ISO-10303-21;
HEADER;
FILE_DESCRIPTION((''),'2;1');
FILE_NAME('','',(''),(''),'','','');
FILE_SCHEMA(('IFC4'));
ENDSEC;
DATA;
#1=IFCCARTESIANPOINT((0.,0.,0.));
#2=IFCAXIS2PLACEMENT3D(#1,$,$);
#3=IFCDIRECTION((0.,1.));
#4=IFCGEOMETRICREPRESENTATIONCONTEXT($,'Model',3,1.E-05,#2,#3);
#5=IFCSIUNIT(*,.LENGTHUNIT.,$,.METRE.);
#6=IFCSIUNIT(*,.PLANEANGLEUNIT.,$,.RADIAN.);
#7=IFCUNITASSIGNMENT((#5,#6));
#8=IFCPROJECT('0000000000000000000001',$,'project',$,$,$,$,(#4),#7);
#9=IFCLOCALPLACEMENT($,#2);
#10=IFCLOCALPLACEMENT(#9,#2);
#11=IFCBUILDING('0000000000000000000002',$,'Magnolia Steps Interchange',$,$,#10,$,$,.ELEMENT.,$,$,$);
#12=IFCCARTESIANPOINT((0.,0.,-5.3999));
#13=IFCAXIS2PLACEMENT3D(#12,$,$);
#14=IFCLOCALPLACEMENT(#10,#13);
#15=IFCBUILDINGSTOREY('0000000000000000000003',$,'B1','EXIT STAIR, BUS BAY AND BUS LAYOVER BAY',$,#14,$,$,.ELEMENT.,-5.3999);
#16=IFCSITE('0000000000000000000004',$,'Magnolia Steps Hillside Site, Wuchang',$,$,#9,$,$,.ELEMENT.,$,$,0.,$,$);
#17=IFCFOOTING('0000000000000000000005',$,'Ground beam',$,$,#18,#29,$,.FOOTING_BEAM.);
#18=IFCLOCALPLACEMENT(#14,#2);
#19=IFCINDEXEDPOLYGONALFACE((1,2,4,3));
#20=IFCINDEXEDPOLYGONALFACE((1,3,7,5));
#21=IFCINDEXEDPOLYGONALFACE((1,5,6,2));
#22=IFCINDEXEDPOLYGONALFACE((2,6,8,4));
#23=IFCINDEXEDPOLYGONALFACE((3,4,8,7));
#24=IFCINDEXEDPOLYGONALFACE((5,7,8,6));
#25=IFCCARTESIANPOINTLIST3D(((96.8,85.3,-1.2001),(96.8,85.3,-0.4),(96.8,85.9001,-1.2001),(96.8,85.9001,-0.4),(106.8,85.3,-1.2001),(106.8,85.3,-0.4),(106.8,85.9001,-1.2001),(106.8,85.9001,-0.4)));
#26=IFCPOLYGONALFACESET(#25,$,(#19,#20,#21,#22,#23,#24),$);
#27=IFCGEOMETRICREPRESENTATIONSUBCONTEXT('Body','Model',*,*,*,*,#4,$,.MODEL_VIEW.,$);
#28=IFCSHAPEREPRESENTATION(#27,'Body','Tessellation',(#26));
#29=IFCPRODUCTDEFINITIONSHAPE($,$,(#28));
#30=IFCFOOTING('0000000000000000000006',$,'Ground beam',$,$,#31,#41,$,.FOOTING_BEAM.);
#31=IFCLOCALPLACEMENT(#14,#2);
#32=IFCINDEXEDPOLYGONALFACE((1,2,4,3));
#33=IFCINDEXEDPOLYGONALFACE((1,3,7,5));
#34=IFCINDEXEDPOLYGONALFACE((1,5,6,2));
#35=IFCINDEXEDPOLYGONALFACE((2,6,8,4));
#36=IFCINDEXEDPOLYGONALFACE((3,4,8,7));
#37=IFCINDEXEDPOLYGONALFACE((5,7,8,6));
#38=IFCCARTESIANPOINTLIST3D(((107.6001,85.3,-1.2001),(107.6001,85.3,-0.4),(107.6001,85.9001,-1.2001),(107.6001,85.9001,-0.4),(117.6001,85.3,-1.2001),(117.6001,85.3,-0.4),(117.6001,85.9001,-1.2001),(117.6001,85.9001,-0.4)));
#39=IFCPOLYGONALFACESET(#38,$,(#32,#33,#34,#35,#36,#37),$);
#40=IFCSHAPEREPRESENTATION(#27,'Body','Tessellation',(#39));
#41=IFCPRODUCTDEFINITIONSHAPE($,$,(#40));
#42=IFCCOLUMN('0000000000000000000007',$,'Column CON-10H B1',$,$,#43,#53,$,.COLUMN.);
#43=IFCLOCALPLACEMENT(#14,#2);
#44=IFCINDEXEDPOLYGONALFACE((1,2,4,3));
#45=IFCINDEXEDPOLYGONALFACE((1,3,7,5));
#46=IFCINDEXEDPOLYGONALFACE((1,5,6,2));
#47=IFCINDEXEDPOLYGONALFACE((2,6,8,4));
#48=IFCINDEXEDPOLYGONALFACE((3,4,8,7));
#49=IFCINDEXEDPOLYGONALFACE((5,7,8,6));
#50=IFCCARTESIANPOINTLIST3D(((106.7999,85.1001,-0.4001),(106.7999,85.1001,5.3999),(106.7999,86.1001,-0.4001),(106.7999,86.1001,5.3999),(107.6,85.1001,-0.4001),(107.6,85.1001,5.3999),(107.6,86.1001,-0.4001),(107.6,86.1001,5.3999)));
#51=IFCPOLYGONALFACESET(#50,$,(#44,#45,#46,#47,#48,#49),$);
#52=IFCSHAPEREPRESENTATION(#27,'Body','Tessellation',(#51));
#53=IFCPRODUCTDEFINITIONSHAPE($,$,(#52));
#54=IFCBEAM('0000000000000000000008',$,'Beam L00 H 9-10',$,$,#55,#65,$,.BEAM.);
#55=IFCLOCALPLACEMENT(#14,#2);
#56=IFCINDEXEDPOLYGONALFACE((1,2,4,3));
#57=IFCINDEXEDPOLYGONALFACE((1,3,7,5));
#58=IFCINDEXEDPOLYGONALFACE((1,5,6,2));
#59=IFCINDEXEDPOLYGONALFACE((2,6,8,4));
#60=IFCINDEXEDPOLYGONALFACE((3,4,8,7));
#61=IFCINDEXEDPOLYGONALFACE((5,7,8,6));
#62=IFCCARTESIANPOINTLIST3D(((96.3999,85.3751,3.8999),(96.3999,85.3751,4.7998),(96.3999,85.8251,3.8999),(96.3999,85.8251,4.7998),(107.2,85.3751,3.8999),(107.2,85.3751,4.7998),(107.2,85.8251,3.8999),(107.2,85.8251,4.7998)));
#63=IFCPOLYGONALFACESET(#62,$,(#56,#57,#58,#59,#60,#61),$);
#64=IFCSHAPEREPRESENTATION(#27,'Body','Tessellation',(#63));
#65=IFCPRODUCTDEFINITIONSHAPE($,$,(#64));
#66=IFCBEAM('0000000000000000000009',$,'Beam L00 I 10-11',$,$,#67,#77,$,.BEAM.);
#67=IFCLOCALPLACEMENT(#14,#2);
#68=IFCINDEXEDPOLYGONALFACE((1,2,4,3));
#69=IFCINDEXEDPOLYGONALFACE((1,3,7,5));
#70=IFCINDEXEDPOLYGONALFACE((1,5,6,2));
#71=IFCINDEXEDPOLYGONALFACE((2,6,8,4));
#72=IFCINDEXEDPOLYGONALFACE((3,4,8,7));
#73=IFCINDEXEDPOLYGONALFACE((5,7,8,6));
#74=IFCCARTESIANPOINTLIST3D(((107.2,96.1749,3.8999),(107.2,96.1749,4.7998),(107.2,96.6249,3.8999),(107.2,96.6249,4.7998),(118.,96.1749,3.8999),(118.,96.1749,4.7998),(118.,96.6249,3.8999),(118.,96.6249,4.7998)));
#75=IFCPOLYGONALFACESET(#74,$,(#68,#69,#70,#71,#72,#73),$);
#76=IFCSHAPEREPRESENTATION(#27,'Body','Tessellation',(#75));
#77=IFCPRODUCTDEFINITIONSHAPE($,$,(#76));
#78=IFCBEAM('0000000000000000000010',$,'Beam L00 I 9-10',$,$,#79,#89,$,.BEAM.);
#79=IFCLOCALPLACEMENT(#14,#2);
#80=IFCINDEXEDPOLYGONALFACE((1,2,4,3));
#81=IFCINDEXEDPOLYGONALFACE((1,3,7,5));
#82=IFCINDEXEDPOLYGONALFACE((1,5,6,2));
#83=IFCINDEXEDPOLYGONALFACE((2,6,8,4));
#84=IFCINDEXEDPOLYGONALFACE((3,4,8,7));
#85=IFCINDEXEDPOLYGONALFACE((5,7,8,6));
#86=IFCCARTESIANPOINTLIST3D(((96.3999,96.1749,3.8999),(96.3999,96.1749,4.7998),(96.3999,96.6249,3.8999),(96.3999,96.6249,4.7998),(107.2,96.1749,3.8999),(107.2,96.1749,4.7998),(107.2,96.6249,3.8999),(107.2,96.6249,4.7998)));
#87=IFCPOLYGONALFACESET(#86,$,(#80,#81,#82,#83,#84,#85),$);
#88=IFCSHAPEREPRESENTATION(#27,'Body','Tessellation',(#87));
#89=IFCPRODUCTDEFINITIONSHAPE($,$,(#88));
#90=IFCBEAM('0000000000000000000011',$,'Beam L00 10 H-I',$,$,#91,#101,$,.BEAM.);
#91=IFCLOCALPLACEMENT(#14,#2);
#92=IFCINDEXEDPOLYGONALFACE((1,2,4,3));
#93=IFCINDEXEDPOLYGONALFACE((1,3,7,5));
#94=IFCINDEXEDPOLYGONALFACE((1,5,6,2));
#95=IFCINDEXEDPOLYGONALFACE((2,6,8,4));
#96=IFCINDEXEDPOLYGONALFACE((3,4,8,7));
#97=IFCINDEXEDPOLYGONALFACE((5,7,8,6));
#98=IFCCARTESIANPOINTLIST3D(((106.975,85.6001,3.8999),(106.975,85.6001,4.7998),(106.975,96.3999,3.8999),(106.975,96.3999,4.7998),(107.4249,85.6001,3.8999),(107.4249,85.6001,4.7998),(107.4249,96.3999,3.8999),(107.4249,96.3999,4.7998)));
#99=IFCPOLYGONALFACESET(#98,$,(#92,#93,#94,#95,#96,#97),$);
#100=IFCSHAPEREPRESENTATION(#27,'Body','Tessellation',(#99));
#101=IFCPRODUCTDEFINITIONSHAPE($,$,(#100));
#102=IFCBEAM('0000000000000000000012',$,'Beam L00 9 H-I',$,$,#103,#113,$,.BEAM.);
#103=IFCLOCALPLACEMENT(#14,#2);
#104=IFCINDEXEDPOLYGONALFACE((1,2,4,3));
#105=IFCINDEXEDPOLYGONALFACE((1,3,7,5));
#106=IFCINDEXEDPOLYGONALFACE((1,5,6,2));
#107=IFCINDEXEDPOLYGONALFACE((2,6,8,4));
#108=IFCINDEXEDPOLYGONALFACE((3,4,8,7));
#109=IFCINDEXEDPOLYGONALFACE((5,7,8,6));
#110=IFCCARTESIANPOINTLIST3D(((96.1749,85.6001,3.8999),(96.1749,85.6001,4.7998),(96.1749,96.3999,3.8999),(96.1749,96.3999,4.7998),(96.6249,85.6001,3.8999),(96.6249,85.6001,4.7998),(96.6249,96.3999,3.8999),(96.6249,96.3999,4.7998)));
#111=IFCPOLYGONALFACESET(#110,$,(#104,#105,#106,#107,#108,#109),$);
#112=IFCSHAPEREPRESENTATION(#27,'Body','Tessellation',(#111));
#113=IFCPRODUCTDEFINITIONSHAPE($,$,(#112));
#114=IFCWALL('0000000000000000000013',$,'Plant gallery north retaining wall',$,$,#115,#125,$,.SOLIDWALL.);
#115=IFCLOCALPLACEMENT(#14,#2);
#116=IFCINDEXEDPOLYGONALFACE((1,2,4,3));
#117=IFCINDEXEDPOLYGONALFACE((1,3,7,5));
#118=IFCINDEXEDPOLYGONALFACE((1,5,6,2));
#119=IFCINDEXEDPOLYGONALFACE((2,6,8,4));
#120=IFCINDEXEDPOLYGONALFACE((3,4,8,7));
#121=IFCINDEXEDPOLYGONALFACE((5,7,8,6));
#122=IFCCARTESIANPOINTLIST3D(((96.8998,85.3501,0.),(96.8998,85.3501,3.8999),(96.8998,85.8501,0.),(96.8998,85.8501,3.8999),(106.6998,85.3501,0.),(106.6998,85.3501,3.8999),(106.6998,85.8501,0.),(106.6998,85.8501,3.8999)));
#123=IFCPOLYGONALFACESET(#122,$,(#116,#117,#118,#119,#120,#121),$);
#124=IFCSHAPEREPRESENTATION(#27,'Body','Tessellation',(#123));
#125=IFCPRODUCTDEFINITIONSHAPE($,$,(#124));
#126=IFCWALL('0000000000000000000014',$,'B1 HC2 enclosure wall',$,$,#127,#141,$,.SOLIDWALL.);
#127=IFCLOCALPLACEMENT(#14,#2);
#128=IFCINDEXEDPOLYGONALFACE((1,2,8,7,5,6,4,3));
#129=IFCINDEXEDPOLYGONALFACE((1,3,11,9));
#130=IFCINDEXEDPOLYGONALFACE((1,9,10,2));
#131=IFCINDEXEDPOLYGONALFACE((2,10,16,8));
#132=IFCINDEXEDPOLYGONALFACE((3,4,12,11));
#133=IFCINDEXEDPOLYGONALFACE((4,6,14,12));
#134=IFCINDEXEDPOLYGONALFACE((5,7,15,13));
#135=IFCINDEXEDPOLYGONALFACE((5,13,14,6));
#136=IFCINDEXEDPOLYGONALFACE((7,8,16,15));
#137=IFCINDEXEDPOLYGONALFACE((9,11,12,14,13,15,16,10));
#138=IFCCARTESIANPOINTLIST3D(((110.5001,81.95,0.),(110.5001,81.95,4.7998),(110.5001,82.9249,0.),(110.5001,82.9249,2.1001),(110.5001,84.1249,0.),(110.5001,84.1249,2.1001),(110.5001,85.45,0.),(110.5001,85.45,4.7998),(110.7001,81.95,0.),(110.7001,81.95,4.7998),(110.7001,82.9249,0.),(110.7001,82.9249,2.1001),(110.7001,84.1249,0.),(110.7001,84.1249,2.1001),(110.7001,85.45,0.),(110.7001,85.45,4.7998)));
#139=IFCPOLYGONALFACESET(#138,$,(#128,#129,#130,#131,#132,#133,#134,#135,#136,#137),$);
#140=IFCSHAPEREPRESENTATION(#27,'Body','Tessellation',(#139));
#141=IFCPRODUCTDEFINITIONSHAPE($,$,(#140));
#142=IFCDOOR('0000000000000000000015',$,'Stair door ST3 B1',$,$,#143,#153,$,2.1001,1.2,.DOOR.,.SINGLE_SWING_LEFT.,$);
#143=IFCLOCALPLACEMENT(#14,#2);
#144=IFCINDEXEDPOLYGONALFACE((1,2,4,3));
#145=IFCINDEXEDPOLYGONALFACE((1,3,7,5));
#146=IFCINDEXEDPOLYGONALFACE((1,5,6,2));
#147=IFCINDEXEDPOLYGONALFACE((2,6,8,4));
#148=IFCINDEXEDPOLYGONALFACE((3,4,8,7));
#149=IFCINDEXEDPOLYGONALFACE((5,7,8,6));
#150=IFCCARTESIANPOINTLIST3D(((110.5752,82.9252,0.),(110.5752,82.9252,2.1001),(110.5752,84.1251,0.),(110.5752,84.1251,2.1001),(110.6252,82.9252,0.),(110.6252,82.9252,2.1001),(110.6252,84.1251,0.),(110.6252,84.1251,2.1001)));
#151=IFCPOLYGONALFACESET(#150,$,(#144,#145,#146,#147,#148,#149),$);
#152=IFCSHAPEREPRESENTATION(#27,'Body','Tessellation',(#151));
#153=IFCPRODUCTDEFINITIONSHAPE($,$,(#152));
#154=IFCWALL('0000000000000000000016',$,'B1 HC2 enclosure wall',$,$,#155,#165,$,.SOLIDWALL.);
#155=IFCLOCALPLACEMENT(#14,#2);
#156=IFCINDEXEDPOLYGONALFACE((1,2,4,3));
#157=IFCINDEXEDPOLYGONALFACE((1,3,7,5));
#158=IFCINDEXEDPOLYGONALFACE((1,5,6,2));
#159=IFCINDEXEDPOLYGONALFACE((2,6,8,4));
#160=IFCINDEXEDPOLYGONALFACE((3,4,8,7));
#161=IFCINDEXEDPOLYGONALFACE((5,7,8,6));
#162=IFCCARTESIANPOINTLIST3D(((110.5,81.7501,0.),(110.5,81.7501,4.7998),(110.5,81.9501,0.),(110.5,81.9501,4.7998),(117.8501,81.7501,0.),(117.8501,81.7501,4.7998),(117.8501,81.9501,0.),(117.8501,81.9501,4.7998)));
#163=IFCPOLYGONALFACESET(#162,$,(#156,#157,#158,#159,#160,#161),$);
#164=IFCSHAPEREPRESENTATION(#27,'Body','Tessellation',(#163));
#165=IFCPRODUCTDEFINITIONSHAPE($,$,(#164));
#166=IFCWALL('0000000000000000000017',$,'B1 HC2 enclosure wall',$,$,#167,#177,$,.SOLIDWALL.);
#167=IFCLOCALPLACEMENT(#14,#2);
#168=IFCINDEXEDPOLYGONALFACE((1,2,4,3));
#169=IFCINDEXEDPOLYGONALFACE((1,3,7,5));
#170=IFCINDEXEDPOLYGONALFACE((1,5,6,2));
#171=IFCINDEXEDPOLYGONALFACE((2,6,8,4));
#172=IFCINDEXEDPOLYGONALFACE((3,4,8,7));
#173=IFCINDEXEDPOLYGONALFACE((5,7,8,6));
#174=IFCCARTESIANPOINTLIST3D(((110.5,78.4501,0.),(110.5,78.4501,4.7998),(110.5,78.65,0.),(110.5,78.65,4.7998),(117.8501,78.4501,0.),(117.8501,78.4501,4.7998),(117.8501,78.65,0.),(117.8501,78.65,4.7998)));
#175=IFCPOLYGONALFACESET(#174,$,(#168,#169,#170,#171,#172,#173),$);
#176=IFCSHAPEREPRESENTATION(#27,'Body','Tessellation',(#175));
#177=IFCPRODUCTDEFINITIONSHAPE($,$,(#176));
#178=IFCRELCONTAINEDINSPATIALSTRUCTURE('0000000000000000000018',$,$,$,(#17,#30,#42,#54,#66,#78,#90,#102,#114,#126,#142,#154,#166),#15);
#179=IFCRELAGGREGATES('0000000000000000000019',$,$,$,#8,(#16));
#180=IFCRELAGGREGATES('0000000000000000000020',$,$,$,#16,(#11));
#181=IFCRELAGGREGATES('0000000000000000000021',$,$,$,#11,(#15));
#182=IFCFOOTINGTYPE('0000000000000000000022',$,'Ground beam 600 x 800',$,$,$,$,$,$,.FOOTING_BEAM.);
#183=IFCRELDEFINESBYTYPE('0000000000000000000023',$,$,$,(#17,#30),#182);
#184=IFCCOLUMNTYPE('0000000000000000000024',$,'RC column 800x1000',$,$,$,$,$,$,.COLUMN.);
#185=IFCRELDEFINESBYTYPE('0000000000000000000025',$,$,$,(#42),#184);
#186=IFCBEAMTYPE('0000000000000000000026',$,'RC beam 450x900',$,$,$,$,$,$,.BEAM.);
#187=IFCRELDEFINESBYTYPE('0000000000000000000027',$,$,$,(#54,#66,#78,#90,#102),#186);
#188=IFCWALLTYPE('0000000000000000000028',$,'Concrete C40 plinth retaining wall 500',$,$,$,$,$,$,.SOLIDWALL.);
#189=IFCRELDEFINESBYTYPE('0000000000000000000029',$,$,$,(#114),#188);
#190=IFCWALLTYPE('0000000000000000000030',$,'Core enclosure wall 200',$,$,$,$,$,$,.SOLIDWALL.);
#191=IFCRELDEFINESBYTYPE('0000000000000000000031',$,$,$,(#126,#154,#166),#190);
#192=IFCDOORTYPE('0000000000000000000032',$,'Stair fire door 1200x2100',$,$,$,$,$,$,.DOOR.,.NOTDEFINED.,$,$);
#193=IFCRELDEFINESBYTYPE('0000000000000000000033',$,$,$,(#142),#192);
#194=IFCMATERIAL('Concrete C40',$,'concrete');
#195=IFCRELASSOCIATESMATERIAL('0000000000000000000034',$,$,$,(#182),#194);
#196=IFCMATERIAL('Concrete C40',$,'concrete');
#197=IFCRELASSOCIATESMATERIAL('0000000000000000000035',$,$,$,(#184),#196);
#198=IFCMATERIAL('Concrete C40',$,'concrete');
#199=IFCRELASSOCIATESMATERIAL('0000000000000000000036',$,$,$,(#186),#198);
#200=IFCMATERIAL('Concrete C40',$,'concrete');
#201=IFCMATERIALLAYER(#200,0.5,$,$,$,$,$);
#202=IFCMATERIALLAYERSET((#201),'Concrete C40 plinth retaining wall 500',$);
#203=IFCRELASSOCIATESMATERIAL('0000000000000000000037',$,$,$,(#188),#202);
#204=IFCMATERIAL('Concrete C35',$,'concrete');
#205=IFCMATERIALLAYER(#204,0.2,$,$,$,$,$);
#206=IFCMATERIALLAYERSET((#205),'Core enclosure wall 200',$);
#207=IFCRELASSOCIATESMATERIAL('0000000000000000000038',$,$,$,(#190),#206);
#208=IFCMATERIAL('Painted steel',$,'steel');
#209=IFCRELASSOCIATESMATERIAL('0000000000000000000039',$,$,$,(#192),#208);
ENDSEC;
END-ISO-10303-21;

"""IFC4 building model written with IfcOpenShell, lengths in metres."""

from ifc_helpers import new_model, si_unit, direction, frame, frame_2d, origin, origin_2d, place, context, subcontext, project, spatial, rectangle, extrude, material, layer, layer_set, material_profile, profile_set, type_object, element, fill, save


model = new_model("IFC4")

# Units and contexts
model_context = context("Model", 3, precision=1e-05, world=origin(), true_north=direction((0.0, 1.0)))
body_context = subcontext(model_context, "Body", "Model", "MODEL_VIEW")
ifc_project = project(units=[si_unit("LENGTHUNIT", "METRE"), si_unit("PLANEANGLEUNIT", "RADIAN")], contexts=[model_context])

# Site, building, storey
site_placement = place(None, origin())
site = spatial("IfcSite", under=ifc_project, at=site_placement, Name="Magnolia Steps Hillside Site, Wuchang", CompositionType="ELEMENT", RefElevation=0.0)
building_placement = place(site_placement, origin())
building = spatial("IfcBuilding", under=site, at=building_placement, Name="Magnolia Steps Interchange", CompositionType="ELEMENT")
storey_placement = place(building_placement, frame((0.0, 0.0, -5.3999)))
storey = spatial("IfcBuildingStorey", under=building, at=storey_placement, Name="B1", Description="EXIT STAIR, BUS BAY AND BUS LAYOVER BAY", CompositionType="ELEMENT", Elevation=-5.3999)

# Footings
ifc_material_1 = material(Name="Concrete C40", Category="concrete")
ifc_material_profile_1 = material_profile(ifc_material_1, rectangle(XDim=0.6001, YDim=0.8, at=origin_2d()), Name="RC600x800")
ifc_profile_set_1 = profile_set([ifc_material_profile_1], Name="Concrete C40")
footing_type = type_object("IfcFootingType", Name="Ground beam 600 x 800", PredefinedType="FOOTING_BEAM", material=ifc_profile_set_1)
for number, where, z_axis, x_axis, name in (
    (1, (96.8, 85.6001, -0.8), (1.0, 0.0, 0.0), (0.0, 1.0, 0.0), "Ground beam"),
    (2, (107.6001, 85.6001, -0.8), (1.0, 0.0, 0.0), (0.0, 1.0, 0.0), "Ground beam"),
):
    element("IfcFooting", number, at=place(storey_placement, frame(where, z_axis=z_axis, x_axis=x_axis)), inside=storey, type_object=footing_type, Name=name, PredefinedType="FOOTING_BEAM", context=body_context, shape_type="SweptSolid", body=[
        extrude(rectangle(XDim=0.6001, YDim=0.8, at=origin_2d()), origin(), (0.0, 0.0, 1.0), 10.0),
    ])

# Column
ifc_material_2 = material(Name="Concrete C40", Category="concrete")
ifc_material_profile_2 = material_profile(ifc_material_2, rectangle(XDim=0.8, YDim=1.0, at=origin_2d()), Name="RC800x1000")
ifc_profile_set_2 = profile_set([ifc_material_profile_2], Name="Concrete C40")
column_type = type_object("IfcColumnType", Name="RC column 800x1000", PredefinedType="COLUMN", material=ifc_profile_set_2)
column_placement = place(storey_placement, frame((107.2, 85.6001, -0.4001), z_axis=(0.0, 0.0, 1.0), x_axis=(1.0, 0.0, 0.0)))
element("IfcColumn", 3, at=column_placement, inside=storey, type_object=column_type, Name="Column CON-10H B1", PredefinedType="COLUMN", context=body_context, shape_type="SweptSolid", body=[
    extrude(rectangle(XDim=0.8, YDim=1.0, at=origin_2d()), origin(), (0.0, 0.0, 1.0), 5.8),
])

# Beams
ifc_material_3 = material(Name="Concrete C40", Category="concrete")
ifc_material_profile_3 = material_profile(ifc_material_3, rectangle(XDim=0.45, YDim=0.8999, at=origin_2d()), Name="RC450x900")
ifc_profile_set_3 = profile_set([ifc_material_profile_3], Name="Concrete C40")
beam_type = type_object("IfcBeamType", Name="RC beam 450x900", PredefinedType="BEAM", material=ifc_profile_set_3)
for number, where, z_axis, x_axis, name in (
    (4, (96.3999, 85.6001, 4.3499), (1.0, 0.0, 0.0), (0.0, 1.0, 0.0), "Beam L00 H 9-10"),
    (5, (107.2, 96.3999, 4.3499), (1.0, 0.0, 0.0), (0.0, 1.0, 0.0), "Beam L00 I 10-11"),
    (6, (96.3999, 96.3999, 4.3499), (1.0, 0.0, 0.0), (0.0, 1.0, 0.0), "Beam L00 I 9-10"),
):
    element("IfcBeam", number, at=place(storey_placement, frame(where, z_axis=z_axis, x_axis=x_axis)), inside=storey, type_object=beam_type, Name=name, PredefinedType="BEAM", context=body_context, shape_type="SweptSolid", body=[
        extrude(rectangle(XDim=0.45, YDim=0.8999, at=origin_2d()), origin(), (0.0, 0.0, 1.0), 10.8),
    ])
for number, where, z_axis, x_axis, name in (
    (7, (107.2, 85.6001, 4.3499), (0.0, 1.0, 0.0), (-1.0, 0.0, 0.0), "Beam L00 10 H-I"),
    (8, (96.3999, 85.6001, 4.3499), (0.0, 1.0, 0.0), (-1.0, 0.0, 0.0), "Beam L00 9 H-I"),
):
    element("IfcBeam", number, at=place(storey_placement, frame(where, z_axis=z_axis, x_axis=x_axis)), inside=storey, type_object=beam_type, Name=name, PredefinedType="BEAM", context=body_context, shape_type="SweptSolid", body=[
        extrude(rectangle(XDim=0.45, YDim=0.8999, at=origin_2d()), origin(), (0.0, 0.0, 1.0), 10.7998),
    ])

# Wall
ifc_material_4 = material(Name="Concrete C40", Category="concrete")
ifc_layer_1 = layer(ifc_material_4, 0.5)
ifc_layer_set_1 = layer_set([ifc_layer_1], Name="Concrete C40 plinth retaining wall 500")
wall_type_1 = type_object("IfcWallType", Name="Concrete C40 plinth retaining wall 500", PredefinedType="SOLIDWALL", material=ifc_layer_set_1)
wall_1_placement = place(storey_placement, frame((96.8999, 85.6001, 0.0), z_axis=(0.0, 0.0, 1.0), x_axis=(1.0, 0.0, 0.0)))
element("IfcWall", 9, at=wall_1_placement, inside=storey, type_object=wall_type_1, Name="Plant gallery north retaining wall", PredefinedType="SOLIDWALL", context=body_context, shape_type="SweptSolid", body=[
    extrude(rectangle(XDim=9.8, YDim=0.5, at=frame_2d((4.8999, 0.0))), origin(), (0.0, 0.0, 1.0), 3.8999),
])

# Wall, opening, door
ifc_material_5 = material(Name="Concrete C35", Category="concrete")
ifc_layer_2 = layer(ifc_material_5, 0.2)
ifc_layer_set_2 = layer_set([ifc_layer_2], Name="Core enclosure wall 200")
wall_type_2 = type_object("IfcWallType", Name="Core enclosure wall 200", PredefinedType="SOLIDWALL", material=ifc_layer_set_2)
wall_2_placement = place(storey_placement, frame((110.6001, 85.45, 0.0), z_axis=(0.0, 0.0, 1.0), x_axis=(0.0, -1.0, 0.0)))
wall_2 = element("IfcWall", 10, at=wall_2_placement, inside=storey, type_object=wall_type_2, Name="B1 HC2 enclosure wall", PredefinedType="SOLIDWALL", context=body_context, shape_type="SweptSolid", body=[
    extrude(rectangle(XDim=3.5, YDim=0.2, at=frame_2d((1.75, 0.0))), origin(), (0.0, 0.0, 1.0), 4.7998),
])
opening_1_placement = place(wall_2_placement, frame((1.325, 0.0, 0.0)))
opening_1 = element("IfcOpeningElement", 11, at=opening_1_placement, cuts=wall_2, PredefinedType="OPENING", context=body_context, shape_type="SweptSolid", body=[
    extrude(rectangle(XDim=1.2, YDim=2.1001, at=frame_2d((0.6001, 1.05))), frame((0.0, 0.1099, 0.0), z_axis=(0.0, -1.0, 0.0), x_axis=(1.0, 0.0, 0.0)), (0.0, 0.0, 1.0), 0.22),
])
ifc_material_6 = material(Name="Painted steel", Category="steel")
door_type_1 = type_object("IfcDoorType", Name="Stair fire door 1200x2100", OperationType="NOTDEFINED", PredefinedType="DOOR", material=ifc_material_6)
door_1_placement = place(opening_1_placement, frame((1.2, 0.0, 0.0), z_axis=(0.0, 0.0, 1.0), x_axis=(-1.0, 0.0, 0.0)))
door_1 = element("IfcDoor", 12, at=door_1_placement, inside=storey, type_object=door_type_1, Name="Stair door ST3 B1", OperationType="SINGLE_SWING_LEFT", OverallHeight=2.1001, OverallWidth=1.2, PredefinedType="DOOR", context=body_context, shape_type="SweptSolid", body=[
    extrude(rectangle(XDim=1.2, YDim=2.1001, at=frame_2d((0.6001, 1.05))), frame((0.0, 0.0249, 0.0), z_axis=(0.0, -1.0, 0.0), x_axis=(1.0, 0.0, 0.0)), (0.0, 0.0, 1.0), 0.05),
])
fill(opening_1, door_1)

# Walls
for number, where, z_axis, x_axis, name in (
    (13, (110.5, 81.8501, 0.0), (0.0, 0.0, 1.0), (1.0, 0.0, 0.0), "B1 HC2 enclosure wall"),
    (14, (110.5, 78.55, 0.0), (0.0, 0.0, 1.0), (1.0, 0.0, 0.0), "B1 HC2 enclosure wall"),
):
    element("IfcWall", number, at=place(storey_placement, frame(where, z_axis=z_axis, x_axis=x_axis)), inside=storey, type_object=wall_type_2, Name=name, PredefinedType="SOLIDWALL", context=body_context, shape_type="SweptSolid", body=[
        extrude(rectangle(XDim=7.3501, YDim=0.2, at=frame_2d((3.675, 0.0))), origin(), (0.0, 0.0, 1.0), 4.7998),
    ])

save(model, "model.ifc")
